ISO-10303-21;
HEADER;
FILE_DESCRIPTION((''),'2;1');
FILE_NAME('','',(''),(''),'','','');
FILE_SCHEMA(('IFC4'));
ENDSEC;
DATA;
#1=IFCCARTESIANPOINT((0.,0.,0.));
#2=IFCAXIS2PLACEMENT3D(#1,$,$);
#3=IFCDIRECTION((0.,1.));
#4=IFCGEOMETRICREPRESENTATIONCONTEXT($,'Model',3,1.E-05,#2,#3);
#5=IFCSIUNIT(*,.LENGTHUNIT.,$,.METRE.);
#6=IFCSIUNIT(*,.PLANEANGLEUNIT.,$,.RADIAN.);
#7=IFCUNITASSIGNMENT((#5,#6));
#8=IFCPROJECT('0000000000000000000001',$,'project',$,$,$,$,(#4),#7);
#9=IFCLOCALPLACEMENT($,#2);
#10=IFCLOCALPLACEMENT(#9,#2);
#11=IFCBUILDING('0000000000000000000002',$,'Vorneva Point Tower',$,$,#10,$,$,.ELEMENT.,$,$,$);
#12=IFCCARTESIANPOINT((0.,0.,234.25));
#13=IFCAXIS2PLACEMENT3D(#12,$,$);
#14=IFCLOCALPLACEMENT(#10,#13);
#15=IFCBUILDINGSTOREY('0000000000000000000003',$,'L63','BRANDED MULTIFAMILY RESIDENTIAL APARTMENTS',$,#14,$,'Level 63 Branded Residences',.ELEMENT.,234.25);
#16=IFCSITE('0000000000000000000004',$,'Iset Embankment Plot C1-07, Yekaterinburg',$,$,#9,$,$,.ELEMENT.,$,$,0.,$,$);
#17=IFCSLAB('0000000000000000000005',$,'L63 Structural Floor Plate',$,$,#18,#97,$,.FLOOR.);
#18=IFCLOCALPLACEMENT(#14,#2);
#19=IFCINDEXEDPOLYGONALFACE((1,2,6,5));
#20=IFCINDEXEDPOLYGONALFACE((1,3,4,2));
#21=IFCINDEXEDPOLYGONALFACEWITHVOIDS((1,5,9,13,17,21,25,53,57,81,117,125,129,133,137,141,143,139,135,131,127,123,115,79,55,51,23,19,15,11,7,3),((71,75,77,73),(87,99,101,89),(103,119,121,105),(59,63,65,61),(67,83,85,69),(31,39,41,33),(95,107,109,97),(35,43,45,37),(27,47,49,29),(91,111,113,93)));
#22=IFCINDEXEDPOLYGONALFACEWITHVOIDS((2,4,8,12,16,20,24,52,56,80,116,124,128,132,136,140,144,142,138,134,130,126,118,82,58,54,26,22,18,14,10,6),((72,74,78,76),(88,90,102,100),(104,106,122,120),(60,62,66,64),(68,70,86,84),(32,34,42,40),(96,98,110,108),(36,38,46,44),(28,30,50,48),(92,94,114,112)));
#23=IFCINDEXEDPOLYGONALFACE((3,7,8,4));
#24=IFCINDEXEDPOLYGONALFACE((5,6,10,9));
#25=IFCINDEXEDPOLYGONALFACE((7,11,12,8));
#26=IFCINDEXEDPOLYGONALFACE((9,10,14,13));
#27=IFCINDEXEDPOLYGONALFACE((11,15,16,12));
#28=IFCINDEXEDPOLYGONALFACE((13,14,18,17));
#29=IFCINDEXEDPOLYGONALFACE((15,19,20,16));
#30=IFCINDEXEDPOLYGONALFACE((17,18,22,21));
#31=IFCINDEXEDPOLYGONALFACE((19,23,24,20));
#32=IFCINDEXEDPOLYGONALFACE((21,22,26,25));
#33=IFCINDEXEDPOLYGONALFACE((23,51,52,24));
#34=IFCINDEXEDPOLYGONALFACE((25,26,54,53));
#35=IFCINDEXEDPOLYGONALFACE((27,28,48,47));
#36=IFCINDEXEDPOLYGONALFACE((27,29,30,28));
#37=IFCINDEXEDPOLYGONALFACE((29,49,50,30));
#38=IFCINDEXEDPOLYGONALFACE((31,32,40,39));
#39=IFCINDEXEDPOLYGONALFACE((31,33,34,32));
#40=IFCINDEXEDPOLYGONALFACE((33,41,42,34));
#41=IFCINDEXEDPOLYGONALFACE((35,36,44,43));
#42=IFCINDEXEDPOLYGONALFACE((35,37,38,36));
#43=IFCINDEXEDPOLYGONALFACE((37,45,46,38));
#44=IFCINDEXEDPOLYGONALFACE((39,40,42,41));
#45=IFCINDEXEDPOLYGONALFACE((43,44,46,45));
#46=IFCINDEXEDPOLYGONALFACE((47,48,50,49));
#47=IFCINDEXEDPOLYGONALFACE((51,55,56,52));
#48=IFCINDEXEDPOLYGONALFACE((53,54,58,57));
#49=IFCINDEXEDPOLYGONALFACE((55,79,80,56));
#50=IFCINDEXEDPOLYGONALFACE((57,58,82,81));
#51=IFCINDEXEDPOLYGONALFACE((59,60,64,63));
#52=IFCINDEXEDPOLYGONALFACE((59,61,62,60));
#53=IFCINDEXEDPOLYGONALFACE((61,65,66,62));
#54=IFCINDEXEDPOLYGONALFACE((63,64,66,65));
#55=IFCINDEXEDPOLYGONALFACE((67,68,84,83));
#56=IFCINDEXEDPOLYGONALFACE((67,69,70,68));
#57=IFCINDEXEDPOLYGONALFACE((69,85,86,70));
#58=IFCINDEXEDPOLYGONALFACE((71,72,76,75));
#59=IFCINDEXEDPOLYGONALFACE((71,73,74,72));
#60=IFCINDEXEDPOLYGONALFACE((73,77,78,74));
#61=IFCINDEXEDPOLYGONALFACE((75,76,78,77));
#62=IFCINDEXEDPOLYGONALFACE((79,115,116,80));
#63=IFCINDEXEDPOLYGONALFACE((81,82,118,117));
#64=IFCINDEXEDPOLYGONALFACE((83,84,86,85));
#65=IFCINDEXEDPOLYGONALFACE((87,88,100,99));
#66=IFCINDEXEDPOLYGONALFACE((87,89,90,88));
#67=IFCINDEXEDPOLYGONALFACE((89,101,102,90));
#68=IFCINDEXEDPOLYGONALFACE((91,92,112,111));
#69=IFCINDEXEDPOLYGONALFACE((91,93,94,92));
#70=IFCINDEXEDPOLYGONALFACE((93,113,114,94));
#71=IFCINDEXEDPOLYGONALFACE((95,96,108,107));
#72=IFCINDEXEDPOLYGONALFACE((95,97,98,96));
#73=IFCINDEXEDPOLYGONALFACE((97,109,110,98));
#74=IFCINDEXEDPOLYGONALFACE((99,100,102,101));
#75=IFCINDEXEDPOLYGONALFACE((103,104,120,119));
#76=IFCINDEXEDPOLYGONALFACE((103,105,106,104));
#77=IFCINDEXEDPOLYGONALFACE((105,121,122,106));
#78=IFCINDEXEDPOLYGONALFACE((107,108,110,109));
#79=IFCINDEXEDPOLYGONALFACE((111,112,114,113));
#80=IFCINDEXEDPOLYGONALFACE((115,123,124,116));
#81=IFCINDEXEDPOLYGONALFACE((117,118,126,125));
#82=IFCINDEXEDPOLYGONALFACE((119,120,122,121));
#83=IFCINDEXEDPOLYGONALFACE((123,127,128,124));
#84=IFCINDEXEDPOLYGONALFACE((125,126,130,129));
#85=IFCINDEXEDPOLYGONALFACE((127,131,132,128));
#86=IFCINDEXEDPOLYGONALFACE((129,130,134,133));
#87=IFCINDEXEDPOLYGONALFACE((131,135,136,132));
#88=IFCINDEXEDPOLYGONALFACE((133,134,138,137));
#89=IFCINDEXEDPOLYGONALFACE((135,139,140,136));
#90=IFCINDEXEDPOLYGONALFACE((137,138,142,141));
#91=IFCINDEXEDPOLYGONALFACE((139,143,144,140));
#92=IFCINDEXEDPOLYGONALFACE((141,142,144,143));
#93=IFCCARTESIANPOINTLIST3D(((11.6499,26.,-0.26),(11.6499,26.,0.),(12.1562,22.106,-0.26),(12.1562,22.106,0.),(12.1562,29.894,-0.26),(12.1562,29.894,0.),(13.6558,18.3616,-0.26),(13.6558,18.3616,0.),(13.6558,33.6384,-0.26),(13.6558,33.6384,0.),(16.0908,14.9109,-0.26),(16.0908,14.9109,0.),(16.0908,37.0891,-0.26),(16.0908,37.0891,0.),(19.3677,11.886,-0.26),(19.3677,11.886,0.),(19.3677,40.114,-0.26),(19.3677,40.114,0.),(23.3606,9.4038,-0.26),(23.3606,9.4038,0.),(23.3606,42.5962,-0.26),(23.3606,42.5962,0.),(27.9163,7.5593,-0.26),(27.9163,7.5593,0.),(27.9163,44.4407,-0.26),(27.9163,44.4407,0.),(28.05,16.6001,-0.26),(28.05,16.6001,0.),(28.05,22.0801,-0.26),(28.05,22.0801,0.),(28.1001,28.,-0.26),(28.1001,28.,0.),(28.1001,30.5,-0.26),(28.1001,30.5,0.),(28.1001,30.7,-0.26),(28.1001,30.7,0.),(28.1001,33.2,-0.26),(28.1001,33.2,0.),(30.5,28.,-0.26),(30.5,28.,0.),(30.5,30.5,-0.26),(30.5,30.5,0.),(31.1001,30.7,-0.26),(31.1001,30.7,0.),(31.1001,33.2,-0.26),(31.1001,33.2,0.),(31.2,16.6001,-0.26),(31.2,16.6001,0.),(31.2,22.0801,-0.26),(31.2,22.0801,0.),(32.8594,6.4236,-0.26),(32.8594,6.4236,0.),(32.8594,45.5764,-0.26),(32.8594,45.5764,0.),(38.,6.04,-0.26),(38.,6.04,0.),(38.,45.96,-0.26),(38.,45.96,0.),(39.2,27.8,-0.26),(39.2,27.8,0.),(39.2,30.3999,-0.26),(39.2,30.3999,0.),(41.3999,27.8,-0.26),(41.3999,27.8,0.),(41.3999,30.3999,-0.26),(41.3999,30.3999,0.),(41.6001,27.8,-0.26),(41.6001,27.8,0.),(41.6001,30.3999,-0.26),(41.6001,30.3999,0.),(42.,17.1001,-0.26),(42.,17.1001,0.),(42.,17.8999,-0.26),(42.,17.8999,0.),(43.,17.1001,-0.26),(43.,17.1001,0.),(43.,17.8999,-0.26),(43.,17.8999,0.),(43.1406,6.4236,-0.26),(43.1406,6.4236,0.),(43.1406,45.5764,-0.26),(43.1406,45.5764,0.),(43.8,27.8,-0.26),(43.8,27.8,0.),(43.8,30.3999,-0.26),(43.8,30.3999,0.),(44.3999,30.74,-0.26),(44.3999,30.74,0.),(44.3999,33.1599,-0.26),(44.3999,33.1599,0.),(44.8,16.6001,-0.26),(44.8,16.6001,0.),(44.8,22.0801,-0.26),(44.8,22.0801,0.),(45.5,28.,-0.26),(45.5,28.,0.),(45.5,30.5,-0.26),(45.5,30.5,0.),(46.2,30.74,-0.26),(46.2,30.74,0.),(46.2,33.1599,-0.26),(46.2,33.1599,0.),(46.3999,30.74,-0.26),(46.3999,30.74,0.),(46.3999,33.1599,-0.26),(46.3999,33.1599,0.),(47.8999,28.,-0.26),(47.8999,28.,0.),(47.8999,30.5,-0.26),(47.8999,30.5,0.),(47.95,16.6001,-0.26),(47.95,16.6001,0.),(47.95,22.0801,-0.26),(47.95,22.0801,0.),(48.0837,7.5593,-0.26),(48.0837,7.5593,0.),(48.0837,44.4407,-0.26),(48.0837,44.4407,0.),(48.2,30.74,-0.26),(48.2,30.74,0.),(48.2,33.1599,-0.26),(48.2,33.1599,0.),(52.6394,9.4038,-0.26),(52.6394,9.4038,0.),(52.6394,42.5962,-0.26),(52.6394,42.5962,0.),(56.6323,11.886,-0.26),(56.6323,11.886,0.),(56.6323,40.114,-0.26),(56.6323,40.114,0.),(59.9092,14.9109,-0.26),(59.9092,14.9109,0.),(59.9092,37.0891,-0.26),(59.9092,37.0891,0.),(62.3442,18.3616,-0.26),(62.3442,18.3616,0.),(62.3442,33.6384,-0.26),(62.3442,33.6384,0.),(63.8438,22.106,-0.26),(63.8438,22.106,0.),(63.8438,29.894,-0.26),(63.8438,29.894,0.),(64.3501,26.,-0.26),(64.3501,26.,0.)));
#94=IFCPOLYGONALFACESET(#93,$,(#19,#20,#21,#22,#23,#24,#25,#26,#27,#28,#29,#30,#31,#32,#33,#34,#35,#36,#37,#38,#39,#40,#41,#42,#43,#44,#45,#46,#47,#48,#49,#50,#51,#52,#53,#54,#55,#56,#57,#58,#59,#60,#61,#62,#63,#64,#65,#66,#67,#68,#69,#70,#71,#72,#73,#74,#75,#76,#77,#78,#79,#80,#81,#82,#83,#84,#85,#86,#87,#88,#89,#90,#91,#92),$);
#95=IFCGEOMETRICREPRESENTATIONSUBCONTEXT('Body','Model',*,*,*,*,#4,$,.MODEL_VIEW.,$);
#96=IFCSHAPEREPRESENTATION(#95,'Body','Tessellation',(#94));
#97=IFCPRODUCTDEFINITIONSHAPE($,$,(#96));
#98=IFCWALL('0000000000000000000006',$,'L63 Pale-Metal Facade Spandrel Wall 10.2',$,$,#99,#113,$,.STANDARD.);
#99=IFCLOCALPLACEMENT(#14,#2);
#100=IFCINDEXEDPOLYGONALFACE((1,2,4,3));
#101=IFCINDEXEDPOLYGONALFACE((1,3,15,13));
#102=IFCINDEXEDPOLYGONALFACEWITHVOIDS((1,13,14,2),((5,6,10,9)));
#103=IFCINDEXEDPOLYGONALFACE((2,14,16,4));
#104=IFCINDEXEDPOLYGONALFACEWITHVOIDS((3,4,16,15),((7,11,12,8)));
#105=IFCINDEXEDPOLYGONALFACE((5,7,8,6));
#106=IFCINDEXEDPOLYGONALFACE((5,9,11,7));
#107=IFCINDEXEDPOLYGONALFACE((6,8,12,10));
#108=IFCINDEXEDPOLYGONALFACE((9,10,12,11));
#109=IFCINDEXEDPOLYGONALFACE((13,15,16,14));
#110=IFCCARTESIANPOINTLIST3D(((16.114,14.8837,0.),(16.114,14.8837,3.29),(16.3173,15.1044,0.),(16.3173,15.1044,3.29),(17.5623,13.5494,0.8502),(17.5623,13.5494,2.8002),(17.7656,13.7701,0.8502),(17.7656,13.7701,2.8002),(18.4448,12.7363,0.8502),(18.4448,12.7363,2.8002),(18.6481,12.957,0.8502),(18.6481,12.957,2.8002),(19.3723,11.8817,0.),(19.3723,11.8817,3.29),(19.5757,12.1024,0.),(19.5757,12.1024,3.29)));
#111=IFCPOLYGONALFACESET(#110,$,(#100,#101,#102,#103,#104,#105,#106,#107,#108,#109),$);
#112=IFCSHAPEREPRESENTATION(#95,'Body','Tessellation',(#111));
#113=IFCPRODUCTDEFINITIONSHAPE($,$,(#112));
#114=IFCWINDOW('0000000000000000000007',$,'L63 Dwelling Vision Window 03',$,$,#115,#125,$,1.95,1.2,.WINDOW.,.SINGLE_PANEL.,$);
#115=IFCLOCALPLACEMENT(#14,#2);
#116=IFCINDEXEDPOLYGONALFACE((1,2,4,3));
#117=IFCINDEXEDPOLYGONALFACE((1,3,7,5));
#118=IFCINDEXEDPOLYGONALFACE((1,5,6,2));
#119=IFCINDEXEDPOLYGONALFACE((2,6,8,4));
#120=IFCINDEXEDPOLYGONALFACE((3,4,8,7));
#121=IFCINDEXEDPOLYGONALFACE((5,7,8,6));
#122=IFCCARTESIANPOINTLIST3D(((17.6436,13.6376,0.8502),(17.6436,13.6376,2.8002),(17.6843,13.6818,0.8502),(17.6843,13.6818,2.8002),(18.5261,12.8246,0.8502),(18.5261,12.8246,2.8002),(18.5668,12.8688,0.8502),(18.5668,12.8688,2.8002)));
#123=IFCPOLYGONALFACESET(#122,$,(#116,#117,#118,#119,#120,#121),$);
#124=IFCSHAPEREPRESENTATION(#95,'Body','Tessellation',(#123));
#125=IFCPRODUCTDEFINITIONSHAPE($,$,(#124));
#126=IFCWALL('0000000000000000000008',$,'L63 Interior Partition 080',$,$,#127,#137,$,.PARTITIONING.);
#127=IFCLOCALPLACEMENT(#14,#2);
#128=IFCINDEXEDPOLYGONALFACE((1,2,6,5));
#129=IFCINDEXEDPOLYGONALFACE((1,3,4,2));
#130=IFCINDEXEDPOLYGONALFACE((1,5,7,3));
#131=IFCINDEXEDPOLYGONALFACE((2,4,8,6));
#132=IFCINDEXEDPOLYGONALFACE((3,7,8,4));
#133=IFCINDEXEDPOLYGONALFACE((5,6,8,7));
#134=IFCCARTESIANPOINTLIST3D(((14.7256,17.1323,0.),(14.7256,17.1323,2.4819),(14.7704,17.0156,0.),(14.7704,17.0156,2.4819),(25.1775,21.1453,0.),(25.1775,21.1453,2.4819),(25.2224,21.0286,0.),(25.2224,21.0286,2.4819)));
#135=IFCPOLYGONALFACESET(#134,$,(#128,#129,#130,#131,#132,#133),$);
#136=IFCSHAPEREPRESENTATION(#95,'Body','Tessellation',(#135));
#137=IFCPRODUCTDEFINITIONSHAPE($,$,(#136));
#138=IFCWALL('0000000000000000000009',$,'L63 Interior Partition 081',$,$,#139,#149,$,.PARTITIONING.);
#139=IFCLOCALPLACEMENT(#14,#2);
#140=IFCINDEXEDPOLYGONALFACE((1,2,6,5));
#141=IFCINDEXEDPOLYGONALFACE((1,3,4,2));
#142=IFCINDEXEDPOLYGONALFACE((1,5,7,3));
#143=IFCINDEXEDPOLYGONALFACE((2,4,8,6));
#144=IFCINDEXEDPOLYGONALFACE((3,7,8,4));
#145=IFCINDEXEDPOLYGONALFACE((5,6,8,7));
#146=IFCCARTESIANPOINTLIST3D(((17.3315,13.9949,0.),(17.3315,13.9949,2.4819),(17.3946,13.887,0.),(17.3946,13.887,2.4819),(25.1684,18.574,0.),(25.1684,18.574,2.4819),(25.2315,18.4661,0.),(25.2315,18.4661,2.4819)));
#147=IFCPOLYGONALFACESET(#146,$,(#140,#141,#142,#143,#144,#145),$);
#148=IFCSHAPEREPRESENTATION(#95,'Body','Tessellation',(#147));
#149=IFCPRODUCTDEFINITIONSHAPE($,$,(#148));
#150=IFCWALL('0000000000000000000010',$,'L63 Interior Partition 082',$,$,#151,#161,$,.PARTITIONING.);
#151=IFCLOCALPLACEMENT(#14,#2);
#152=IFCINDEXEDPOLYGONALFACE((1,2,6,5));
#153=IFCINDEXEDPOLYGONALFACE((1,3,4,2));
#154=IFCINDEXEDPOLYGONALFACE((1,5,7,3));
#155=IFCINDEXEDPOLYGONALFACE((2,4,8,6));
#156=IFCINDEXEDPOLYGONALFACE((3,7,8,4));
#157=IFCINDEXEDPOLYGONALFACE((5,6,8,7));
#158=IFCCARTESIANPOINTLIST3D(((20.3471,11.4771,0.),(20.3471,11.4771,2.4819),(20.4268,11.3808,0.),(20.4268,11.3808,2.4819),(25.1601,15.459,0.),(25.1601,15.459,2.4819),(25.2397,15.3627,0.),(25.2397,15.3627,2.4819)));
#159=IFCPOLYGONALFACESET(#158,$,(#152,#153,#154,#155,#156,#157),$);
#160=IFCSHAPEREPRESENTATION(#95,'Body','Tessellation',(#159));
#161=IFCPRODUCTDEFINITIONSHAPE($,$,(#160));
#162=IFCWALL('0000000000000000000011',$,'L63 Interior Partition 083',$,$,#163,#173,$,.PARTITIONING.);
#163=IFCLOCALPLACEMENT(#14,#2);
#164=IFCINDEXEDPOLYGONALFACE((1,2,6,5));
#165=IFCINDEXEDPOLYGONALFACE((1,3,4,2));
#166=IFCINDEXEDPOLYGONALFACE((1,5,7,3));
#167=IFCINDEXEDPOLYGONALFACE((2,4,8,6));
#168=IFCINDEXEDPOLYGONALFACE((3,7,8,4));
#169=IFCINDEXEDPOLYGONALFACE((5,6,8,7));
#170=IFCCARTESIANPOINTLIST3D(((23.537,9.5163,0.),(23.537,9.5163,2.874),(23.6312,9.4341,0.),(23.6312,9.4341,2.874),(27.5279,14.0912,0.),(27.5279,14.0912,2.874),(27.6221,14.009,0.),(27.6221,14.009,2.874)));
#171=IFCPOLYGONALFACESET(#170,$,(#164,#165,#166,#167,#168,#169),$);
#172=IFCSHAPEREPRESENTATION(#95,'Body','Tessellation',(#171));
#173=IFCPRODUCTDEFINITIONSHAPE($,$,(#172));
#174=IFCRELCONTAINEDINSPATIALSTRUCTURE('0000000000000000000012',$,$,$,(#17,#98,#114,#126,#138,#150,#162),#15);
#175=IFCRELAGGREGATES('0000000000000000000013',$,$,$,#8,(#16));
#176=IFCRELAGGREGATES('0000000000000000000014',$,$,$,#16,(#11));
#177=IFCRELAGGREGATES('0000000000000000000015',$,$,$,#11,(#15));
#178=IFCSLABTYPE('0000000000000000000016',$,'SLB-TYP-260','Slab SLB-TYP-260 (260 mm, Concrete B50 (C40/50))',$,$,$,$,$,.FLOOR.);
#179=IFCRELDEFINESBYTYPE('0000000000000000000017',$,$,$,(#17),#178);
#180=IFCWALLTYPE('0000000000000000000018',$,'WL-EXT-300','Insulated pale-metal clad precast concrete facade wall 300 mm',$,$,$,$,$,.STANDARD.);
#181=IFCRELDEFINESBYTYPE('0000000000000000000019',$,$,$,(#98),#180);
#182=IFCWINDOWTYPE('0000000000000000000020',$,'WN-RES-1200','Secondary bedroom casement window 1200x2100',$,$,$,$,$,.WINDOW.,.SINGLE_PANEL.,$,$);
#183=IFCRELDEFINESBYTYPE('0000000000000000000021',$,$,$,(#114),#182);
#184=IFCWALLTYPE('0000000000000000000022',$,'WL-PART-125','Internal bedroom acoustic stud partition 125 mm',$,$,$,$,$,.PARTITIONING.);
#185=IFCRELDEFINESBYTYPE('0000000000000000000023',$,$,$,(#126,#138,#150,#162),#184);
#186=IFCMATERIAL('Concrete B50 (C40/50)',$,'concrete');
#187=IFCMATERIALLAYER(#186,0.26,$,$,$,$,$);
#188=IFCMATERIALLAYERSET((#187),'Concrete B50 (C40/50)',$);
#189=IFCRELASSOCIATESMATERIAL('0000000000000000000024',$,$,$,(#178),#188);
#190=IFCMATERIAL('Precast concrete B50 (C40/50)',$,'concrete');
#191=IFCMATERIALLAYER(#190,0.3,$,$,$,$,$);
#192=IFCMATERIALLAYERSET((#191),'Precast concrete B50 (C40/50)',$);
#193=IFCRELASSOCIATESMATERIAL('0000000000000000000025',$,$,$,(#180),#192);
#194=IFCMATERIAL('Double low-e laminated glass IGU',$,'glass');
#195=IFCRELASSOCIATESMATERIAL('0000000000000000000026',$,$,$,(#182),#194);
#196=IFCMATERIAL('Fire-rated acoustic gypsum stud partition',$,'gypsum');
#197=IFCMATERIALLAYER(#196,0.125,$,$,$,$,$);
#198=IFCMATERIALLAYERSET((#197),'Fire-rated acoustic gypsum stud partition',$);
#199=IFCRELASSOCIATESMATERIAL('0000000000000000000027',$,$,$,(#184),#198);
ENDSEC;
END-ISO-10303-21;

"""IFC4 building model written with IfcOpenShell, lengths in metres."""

from ifc_helpers import new_model, si_unit, direction, frame, frame_2d, origin, place, context, subcontext, project, spatial, polyline, rectangle, outline, extrude, material, layer, layer_set, type_object, element, fill, save


model = new_model("IFC4")

# Units and contexts
model_context = context("Model", 3, precision=1e-05, world=origin(), true_north=direction((0.0, 1.0)))
body_context = subcontext(model_context, "Body", "Model", "MODEL_VIEW")
ifc_project = project(units=[si_unit("LENGTHUNIT", "METRE"), si_unit("PLANEANGLEUNIT", "RADIAN")], contexts=[model_context])

# Site, building, storey
site_placement = place(None, origin())
site = spatial("IfcSite", under=ifc_project, at=site_placement, Name="Iset Embankment Plot C1-07, Yekaterinburg", CompositionType="ELEMENT", RefElevation=0.0)
building_placement = place(site_placement, origin())
building = spatial("IfcBuilding", under=site, at=building_placement, Name="Vorneva Point Tower", CompositionType="ELEMENT")
storey_placement = place(building_placement, frame((0.0, 0.0, 234.25)))
storey = spatial("IfcBuildingStorey", under=building, at=storey_placement, Name="L63", Description="BRANDED MULTIFAMILY RESIDENTIAL APARTMENTS", LongName="Level 63 Branded Residences", CompositionType="ELEMENT", Elevation=234.25)

# Shared definitions
ifc_material_1 = material(Name="Concrete B50 (C40/50)", Category="concrete")

# Shared definitions
ifc_material_2 = material(Name="Double low-e laminated glass IGU", Category="glass")

# Slab
ifc_layer_1 = layer(ifc_material_1, 0.26)
ifc_layer_set_1 = layer_set([ifc_layer_1], Name="Concrete B50 (C40/50)")
slab_type_1 = type_object("IfcSlabType", Name="SLB-TYP-260", Description="Slab SLB-TYP-260 (260 mm, Concrete B50 (C40/50))", PredefinedType="FLOOR", material=ifc_layer_set_1)
slab_1_placement = place(storey_placement, frame((0.0, 0.0, -0.26)))
element("IfcSlab", 1, at=slab_1_placement, inside=storey, type_object=slab_type_1, Name="L63 Structural Floor Plate", PredefinedType="FLOOR", context=body_context, shape_type="SweptSolid", body=[
    extrude(outline(polyline([(64.3501, 26.0), (63.8438, 29.894), (62.3442, 33.6384), (59.9092, 37.0891), (56.6323, 40.114), (52.6394, 42.5962), (48.0837, 44.4407), (43.1406, 45.5764), (38.0, 45.96), (32.8594, 45.5764), (27.9163, 44.4407), (23.3606, 42.5962), (19.3677, 40.114), (16.0908, 37.0891), (13.6558, 33.6384), (12.1562, 29.894), (11.6499, 26.0), (12.1562, 22.106), (13.6558, 18.3616), (16.0908, 14.9109), (19.3677, 11.886), (23.3606, 9.4038), (27.9163, 7.5593), (32.8594, 6.4236), (38.0, 6.04), (43.1406, 6.4236), (48.0837, 7.5593), (52.6394, 9.4038), (56.6323, 11.886), (59.9092, 14.9109), (62.3442, 18.3616), (63.8438, 22.106), (64.3501, 26.0)]), holes=[polyline([(39.2, 27.8), (41.3999, 27.8), (41.3999, 30.3999), (39.2, 30.3999), (39.2, 27.8)]), polyline([(41.6001, 27.8), (43.8, 27.8), (43.8, 30.3999), (41.6001, 30.3999), (41.6001, 27.8)]), polyline([(44.3999, 30.74), (46.2, 30.74), (46.2, 33.1599), (44.3999, 33.1599), (44.3999, 30.74)]), polyline([(46.3999, 30.74), (48.2, 30.74), (48.2, 33.1599), (46.3999, 33.1599), (46.3999, 30.74)]), polyline([(28.1001, 28.0), (30.5, 28.0), (30.5, 30.5), (28.1001, 30.5), (28.1001, 28.0)]), polyline([(45.5, 28.0), (47.8999, 28.0), (47.8999, 30.5), (45.5, 30.5), (45.5, 28.0)]), polyline([(28.1001, 30.7), (31.1001, 30.7), (31.1001, 33.2), (28.1001, 33.2), (28.1001, 30.7)]), polyline([(28.05, 16.6001), (31.2, 16.6001), (31.2, 22.0801), (28.05, 22.0801), (28.05, 16.6001)]), polyline([(44.8, 16.6001), (47.95, 16.6001), (47.95, 22.0801), (44.8, 22.0801), (44.8, 16.6001)]), polyline([(42.0, 17.1001), (43.0, 17.1001), (43.0, 17.8999), (42.0, 17.8999), (42.0, 17.1001)])]), origin(), (0.0, 0.0, 1.0), 0.26),
])

# Wall, opening, window
ifc_material_3 = material(Name="Precast concrete B50 (C40/50)", Category="concrete")
ifc_layer_2 = layer(ifc_material_3, 0.3)
ifc_layer_set_2 = layer_set([ifc_layer_2], Name="Precast concrete B50 (C40/50)")
wall_type_1 = type_object("IfcWallType", Name="WL-EXT-300", Description="Insulated pale-metal clad precast concrete facade wall 300 mm", PredefinedType="STANDARD", material=ifc_layer_set_2)
wall_1_placement = place(storey_placement, frame((16.2156, 14.9941, 0.0), z_axis=(0.0, 0.0, 1.0), x_axis=(0.735445, -0.677584, 0.0)))
wall_1 = element("IfcWall", 2, at=wall_1_placement, inside=storey, type_object=wall_type_1, Name="L63 Pale-Metal Facade Spandrel Wall 10.2", PredefinedType="STANDARD", context=body_context, shape_type="SweptSolid", body=[
    extrude(rectangle(XDim=4.4304, YDim=0.3, at=frame_2d((2.2153, 0.0))), origin(), (0.0, 0.0, 1.0), 3.29),
])
opening_1_placement = place(wall_1_placement, frame((1.9692, 0.0, 0.8501)))
opening_1 = element("IfcOpeningElement", 3, at=opening_1_placement, cuts=wall_1, PredefinedType="OPENING", context=body_context, shape_type="SweptSolid", body=[
    extrude(rectangle(XDim=1.2, YDim=1.95, at=frame_2d((0.6001, 0.9751))), frame((0.0, 0.165, 0.0), z_axis=(0.0, -1.0, 0.0), x_axis=(1.0, 0.0, 0.0)), (0.0, 0.0, 1.0), 0.3298),
])
window_type = type_object("IfcWindowType", Name="WN-RES-1200", Description="Secondary bedroom casement window 1200x2100", PartitioningType="SINGLE_PANEL", PredefinedType="WINDOW", material=ifc_material_2)
window_placement = place(opening_1_placement, origin())
window = element("IfcWindow", 4, at=window_placement, inside=storey, type_object=window_type, Name="L63 Dwelling Vision Window 03", OverallHeight=1.95, OverallWidth=1.2, PartitioningType="SINGLE_PANEL", PredefinedType="WINDOW", context=body_context, shape_type="SweptSolid", body=[
    extrude(rectangle(XDim=1.2, YDim=1.95, at=frame_2d((0.6001, 0.9751))), frame((0.0, 0.03, 0.0), z_axis=(0.0, -1.0, 0.0), x_axis=(1.0, 0.0, 0.0)), (0.0, 0.0, 1.0), 0.0601),
])
fill(opening_1, window)

# Walls
ifc_material_4 = material(Name="Fire-rated acoustic gypsum stud partition", Category="gypsum")
ifc_layer_3 = layer(ifc_material_4, 0.125)
ifc_layer_set_3 = layer_set([ifc_layer_3], Name="Fire-rated acoustic gypsum stud partition")
wall_type_2 = type_object("IfcWallType", Name="WL-PART-125", Description="Internal bedroom acoustic stud partition 125 mm", PredefinedType="PARTITIONING", material=ifc_layer_set_3)
wall_2_placement = place(storey_placement, frame((14.748, 17.074, 0.0), z_axis=(0.0, 0.0, 1.0), x_axis=(0.933556, 0.358433, 0.0)))
element("IfcWall", 5, at=wall_2_placement, inside=storey, type_object=wall_type_2, Name="L63 Interior Partition 080", PredefinedType="PARTITIONING", context=body_context, shape_type="SweptSolid", body=[
    extrude(rectangle(XDim=11.1958, YDim=0.125, at=frame_2d((5.5979, 0.0))), origin(), (0.0, 0.0, 1.0), 2.4819),
])
wall_3_placement = place(storey_placement, frame((17.363, 13.9409, 0.0), z_axis=(0.0, 0.0, 1.0), x_axis=(0.863416, 0.504493, 0.0)))
element("IfcWall", 6, at=wall_3_placement, inside=storey, type_object=wall_type_2, Name="L63 Interior Partition 081", PredefinedType="PARTITIONING", context=body_context, shape_type="SweptSolid", body=[
    extrude(rectangle(XDim=9.0767, YDim=0.125, at=frame_2d((4.5383, 0.0))), origin(), (0.0, 0.0, 1.0), 2.4819),
])
wall_4_placement = place(storey_placement, frame((20.387, 11.429, 0.0), z_axis=(0.0, 0.0, 1.0), x_axis=(0.770491, 0.637451, 0.0)))
element("IfcWall", 7, at=wall_4_placement, inside=storey, type_object=wall_type_2, Name="L63 Interior Partition 082", PredefinedType="PARTITIONING", context=body_context, shape_type="SweptSolid", body=[
    extrude(rectangle(XDim=6.2466, YDim=0.125, at=frame_2d((3.1233, 0.0))), origin(), (0.0, 0.0, 1.0), 2.4819),
])
wall_5_placement = place(storey_placement, frame((23.584, 9.4751, 0.0), z_axis=(0.0, 0.0, 1.0), x_axis=(0.657374, 0.753565, 0.0)))
element("IfcWall", 8, at=wall_5_placement, inside=storey, type_object=wall_type_2, Name="L63 Interior Partition 083", PredefinedType="PARTITIONING", context=body_context, shape_type="SweptSolid", body=[
    extrude(rectangle(XDim=6.071, YDim=0.125, at=frame_2d((3.0356, 0.0))), origin(), (0.0, 0.0, 1.0), 2.874),
])

save(model, "model.ifc")
